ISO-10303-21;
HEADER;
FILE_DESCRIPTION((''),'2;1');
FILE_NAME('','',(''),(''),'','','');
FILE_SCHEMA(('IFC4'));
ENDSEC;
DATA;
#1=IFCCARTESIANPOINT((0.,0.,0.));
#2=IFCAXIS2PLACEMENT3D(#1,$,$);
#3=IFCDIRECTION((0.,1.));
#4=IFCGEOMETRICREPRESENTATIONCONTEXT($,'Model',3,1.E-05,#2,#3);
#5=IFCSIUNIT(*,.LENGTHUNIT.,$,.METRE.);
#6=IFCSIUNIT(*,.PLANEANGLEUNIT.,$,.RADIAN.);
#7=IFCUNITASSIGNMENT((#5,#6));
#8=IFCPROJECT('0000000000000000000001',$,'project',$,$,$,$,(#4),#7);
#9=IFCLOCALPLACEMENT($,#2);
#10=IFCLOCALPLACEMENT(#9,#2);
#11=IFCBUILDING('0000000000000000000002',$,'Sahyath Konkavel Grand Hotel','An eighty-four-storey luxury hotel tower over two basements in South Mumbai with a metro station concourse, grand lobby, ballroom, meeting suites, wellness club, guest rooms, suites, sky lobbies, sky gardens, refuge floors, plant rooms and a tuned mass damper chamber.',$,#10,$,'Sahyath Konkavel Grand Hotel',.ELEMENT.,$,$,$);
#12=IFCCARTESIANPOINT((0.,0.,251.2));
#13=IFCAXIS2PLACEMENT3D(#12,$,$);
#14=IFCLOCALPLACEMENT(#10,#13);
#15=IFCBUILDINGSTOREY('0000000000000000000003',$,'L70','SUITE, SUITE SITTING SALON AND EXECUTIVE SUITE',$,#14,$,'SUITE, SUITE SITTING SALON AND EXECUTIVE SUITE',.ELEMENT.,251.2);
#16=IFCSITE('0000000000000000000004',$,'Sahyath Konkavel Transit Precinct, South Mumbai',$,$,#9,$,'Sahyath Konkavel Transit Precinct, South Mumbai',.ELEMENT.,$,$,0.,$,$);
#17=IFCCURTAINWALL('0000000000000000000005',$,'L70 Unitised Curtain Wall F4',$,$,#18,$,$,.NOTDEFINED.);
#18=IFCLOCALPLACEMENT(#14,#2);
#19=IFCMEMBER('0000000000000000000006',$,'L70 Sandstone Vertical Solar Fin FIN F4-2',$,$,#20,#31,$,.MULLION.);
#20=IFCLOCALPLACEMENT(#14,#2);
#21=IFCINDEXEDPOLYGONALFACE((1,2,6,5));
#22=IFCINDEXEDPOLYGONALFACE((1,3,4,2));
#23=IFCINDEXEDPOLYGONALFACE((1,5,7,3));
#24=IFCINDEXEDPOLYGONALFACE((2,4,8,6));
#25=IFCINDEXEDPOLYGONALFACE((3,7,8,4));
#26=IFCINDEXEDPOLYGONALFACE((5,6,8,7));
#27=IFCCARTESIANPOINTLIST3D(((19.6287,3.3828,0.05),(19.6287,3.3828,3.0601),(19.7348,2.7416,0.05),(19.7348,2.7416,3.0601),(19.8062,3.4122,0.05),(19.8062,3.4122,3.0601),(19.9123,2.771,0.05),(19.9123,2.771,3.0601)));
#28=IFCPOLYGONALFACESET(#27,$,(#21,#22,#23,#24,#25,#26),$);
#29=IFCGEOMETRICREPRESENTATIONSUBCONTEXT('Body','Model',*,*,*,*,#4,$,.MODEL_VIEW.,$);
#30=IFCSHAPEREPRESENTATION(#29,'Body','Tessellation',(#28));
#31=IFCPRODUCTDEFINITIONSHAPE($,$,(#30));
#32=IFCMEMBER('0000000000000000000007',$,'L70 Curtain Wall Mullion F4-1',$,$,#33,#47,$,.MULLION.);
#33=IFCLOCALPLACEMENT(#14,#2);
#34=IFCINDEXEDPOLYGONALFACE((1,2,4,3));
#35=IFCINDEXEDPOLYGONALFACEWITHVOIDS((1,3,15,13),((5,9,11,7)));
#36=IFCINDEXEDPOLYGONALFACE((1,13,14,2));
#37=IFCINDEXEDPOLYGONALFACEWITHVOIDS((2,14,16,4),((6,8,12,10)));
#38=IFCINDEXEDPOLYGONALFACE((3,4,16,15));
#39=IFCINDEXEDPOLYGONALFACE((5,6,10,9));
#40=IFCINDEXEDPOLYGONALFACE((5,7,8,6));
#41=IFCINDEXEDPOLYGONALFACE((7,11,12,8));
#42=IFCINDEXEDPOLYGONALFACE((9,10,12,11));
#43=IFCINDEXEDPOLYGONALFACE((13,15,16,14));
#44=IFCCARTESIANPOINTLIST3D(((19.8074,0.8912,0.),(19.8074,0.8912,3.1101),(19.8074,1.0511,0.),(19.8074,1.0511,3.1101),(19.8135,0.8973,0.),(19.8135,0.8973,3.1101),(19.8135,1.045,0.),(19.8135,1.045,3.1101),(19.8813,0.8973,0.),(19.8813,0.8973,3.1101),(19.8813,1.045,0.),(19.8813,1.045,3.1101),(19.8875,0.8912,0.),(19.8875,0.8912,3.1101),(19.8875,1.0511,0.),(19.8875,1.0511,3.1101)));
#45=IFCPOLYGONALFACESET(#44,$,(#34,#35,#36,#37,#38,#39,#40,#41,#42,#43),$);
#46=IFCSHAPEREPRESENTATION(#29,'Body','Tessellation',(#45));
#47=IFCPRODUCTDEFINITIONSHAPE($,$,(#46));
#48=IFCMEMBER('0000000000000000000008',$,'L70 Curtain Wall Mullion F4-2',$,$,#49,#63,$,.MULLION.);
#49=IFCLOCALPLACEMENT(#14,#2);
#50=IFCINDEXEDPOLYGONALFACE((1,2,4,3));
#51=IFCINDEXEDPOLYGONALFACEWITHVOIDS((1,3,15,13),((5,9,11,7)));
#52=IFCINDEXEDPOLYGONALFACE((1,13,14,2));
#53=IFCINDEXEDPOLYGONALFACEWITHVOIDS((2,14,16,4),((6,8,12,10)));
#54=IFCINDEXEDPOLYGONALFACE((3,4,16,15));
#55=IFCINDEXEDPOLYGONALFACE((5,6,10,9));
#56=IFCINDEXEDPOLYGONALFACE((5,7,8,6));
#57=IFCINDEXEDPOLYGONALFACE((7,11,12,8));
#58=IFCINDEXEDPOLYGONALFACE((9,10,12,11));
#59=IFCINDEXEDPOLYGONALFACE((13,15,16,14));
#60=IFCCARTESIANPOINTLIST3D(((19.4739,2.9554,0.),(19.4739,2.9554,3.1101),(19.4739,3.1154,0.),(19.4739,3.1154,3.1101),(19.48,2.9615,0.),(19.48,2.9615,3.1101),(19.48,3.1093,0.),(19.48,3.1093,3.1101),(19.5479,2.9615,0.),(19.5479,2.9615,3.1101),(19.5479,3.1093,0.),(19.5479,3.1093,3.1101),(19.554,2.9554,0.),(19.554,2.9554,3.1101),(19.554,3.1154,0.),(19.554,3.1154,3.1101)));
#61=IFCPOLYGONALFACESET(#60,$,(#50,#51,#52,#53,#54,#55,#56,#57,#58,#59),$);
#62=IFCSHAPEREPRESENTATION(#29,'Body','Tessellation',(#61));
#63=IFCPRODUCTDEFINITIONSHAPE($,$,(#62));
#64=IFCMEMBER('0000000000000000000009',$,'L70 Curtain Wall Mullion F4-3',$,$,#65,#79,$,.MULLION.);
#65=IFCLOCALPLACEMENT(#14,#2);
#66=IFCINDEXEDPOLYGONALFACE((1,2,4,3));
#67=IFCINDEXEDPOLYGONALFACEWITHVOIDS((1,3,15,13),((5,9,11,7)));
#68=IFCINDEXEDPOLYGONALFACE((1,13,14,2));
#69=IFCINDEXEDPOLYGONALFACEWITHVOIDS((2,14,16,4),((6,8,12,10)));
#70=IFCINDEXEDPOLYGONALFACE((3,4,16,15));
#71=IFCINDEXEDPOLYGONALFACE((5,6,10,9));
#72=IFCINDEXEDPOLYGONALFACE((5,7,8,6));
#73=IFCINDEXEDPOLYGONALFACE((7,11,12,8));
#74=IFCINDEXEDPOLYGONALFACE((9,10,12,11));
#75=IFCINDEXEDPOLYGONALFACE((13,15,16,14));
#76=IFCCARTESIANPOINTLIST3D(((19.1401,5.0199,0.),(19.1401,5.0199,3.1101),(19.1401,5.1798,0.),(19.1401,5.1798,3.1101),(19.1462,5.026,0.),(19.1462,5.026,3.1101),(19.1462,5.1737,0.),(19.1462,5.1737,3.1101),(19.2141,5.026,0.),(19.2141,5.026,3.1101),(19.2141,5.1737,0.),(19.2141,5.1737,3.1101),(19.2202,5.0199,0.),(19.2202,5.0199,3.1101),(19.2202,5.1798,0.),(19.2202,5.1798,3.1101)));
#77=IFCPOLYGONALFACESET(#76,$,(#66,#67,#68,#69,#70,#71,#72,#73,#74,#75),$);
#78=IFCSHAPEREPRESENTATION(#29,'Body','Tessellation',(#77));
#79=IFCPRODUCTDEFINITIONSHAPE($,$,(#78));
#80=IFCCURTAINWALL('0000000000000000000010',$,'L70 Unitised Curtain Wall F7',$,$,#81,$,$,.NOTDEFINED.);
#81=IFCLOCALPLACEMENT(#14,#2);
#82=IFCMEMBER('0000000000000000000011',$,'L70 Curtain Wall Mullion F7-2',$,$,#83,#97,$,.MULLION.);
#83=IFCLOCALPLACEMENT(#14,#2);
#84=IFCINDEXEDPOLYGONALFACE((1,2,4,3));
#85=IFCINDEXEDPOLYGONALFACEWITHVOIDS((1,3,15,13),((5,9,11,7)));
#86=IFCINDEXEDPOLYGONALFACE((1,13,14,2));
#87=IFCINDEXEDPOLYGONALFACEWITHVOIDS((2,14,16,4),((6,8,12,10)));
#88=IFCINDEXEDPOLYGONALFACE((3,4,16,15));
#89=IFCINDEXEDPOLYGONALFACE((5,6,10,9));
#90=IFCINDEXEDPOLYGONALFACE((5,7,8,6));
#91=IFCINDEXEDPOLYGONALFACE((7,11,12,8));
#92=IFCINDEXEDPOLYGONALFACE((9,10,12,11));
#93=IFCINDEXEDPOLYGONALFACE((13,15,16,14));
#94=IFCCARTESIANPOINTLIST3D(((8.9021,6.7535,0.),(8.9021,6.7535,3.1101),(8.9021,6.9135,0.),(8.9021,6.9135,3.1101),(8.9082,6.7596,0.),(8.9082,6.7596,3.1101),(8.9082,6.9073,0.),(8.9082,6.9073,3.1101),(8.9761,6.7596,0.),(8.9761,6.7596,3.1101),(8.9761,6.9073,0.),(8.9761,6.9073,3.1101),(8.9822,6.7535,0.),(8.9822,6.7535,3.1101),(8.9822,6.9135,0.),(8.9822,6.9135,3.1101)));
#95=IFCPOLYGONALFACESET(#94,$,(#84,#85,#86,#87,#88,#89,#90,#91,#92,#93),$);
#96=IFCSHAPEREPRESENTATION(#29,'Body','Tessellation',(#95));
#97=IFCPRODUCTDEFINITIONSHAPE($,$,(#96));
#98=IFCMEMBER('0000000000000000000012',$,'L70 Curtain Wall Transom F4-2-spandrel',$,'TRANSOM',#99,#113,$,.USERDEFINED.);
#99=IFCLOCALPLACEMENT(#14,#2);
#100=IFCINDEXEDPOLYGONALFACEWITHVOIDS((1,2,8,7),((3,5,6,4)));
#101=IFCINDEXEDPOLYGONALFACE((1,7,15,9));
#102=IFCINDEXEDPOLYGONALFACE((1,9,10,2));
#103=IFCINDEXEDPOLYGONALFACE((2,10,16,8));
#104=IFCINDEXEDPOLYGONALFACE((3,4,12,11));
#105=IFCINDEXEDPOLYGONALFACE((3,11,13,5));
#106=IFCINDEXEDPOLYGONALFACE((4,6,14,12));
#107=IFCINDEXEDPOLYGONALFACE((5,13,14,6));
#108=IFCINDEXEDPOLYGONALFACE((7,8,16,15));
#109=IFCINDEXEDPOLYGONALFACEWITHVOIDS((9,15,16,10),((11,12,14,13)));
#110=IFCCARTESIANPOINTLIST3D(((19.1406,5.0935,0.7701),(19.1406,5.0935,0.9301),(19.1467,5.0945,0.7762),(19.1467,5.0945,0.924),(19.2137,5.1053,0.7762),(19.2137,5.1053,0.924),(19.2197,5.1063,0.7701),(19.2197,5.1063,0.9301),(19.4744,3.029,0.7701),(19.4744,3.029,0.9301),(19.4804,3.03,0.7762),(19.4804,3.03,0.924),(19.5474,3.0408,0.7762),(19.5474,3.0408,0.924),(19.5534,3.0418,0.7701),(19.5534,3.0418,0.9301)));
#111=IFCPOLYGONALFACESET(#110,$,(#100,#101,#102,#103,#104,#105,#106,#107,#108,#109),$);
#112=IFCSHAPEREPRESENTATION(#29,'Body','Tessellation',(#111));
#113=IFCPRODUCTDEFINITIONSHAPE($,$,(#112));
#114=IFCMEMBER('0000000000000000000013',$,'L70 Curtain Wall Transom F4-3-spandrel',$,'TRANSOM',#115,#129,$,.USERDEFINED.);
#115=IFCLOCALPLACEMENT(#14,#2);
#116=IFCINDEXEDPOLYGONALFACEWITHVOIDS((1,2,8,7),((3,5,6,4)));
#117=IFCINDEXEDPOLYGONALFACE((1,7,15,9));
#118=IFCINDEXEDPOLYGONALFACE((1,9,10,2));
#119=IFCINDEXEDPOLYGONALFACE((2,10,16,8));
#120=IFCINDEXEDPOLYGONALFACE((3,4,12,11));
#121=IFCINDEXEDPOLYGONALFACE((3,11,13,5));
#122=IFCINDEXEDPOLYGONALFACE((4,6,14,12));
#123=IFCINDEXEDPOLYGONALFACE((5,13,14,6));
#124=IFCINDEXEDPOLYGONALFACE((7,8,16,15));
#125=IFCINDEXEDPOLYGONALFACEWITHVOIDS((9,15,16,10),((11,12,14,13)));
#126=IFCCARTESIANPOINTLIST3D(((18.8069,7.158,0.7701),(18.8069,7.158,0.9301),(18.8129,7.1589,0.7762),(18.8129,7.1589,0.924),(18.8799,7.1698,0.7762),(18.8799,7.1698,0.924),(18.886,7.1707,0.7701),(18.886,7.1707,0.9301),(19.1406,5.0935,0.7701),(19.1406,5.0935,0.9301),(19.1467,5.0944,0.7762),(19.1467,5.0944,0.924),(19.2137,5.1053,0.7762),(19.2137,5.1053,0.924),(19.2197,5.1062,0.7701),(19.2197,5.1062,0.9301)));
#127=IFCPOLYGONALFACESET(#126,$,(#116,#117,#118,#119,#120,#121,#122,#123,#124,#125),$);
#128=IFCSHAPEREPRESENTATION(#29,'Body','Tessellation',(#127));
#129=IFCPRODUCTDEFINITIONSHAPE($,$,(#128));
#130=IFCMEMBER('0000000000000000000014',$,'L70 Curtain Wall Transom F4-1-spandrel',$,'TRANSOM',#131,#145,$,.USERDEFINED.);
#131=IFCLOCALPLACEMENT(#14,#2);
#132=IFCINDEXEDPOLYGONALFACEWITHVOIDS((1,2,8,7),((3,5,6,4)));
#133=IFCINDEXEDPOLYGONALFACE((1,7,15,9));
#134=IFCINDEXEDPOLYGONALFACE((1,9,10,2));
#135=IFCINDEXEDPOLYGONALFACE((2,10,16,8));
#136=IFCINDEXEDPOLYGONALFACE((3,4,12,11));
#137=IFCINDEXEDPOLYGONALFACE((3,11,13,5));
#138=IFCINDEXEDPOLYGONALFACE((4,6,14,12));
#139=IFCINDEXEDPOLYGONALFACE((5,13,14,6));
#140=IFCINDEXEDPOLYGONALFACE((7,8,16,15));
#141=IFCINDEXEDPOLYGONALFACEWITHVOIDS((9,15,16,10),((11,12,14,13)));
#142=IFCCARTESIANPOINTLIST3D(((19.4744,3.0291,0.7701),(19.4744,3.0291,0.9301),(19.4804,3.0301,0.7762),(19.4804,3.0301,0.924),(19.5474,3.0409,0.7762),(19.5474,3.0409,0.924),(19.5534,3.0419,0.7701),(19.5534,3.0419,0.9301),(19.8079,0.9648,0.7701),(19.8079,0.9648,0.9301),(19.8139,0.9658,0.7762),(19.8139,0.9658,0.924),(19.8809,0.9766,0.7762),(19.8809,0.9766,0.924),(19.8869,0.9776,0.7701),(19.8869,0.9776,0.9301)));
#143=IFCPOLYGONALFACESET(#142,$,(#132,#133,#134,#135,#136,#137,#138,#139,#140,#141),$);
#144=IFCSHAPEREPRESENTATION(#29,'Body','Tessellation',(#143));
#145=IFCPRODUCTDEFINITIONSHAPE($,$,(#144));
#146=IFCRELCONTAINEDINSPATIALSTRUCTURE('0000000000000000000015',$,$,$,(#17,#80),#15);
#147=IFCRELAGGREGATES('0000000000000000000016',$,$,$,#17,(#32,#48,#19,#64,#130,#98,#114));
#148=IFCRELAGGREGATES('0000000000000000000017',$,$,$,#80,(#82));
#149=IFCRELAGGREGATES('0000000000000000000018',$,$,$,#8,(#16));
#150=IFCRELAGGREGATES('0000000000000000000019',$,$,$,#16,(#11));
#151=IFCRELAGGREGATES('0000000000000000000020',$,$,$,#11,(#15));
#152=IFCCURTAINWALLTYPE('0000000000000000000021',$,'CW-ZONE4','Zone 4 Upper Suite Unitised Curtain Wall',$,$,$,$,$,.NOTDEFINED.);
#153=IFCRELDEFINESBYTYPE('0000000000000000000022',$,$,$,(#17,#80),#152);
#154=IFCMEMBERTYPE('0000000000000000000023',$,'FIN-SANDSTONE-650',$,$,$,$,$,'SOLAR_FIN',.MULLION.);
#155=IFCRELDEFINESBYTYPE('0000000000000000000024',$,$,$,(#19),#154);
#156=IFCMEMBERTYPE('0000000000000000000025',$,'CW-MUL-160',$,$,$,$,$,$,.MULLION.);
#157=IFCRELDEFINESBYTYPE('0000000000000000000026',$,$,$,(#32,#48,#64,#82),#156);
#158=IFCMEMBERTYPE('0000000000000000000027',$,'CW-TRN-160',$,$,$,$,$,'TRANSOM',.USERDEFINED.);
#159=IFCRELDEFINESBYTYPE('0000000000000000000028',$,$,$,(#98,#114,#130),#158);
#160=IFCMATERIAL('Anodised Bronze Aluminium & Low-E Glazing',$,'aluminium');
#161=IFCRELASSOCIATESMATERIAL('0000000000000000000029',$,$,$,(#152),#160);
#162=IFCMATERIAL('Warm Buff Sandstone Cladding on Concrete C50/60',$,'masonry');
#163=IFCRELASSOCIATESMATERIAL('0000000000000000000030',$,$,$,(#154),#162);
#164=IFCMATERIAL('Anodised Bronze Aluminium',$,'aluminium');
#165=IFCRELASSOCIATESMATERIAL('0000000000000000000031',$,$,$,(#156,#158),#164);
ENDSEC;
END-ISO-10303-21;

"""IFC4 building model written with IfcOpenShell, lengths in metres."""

from ifc_helpers import new_model, si_unit, direction, frame, origin, origin_2d, place, context, subcontext, project, spatial, rectangle, hollow_rectangle, extrude, source, transform, mapped, material, material_profile, profile_set, type_object, element, aggregate, save


model = new_model("IFC4")

# Units and contexts
model_context = context("Model", 3, precision=1e-05, world=origin(), true_north=direction((0.0, 1.0)))
body_context = subcontext(model_context, "Body", "Model", "MODEL_VIEW")
ifc_project = project(units=[si_unit("LENGTHUNIT", "METRE"), si_unit("PLANEANGLEUNIT", "RADIAN")], contexts=[model_context])

# Site, building, storey
site_placement = place(None, origin())
site = spatial("IfcSite", under=ifc_project, at=site_placement, Name="Sahyath Konkavel Transit Precinct, South Mumbai", LongName="Sahyath Konkavel Transit Precinct, South Mumbai", CompositionType="ELEMENT", RefElevation=0.0)
building_placement = place(site_placement, origin())
building = spatial("IfcBuilding", under=site, at=building_placement, Name="Sahyath Konkavel Grand Hotel", Description="An eighty-four-storey luxury hotel tower over two basements in South Mumbai with a metro station concourse, grand lobby, ballroom, meeting suites, wellness club, guest rooms, suites, sky lobbies, sky gardens, refuge floors, plant rooms and a tuned mass damper chamber.", LongName="Sahyath Konkavel Grand Hotel", CompositionType="ELEMENT")
storey_placement = place(building_placement, frame((0.0, 0.0, 251.2)))
storey = spatial("IfcBuildingStorey", under=building, at=storey_placement, Name="L70", Description="SUITE, SUITE SITTING SALON AND EXECUTIVE SUITE", LongName="SUITE, SUITE SITTING SALON AND EXECUTIVE SUITE", CompositionType="ELEMENT", Elevation=251.2)

# Curtain wall, members
ifc_material_1 = material(Name="Anodised Bronze Aluminium & Low-E Glazing", Category="aluminium")
curtain_wall_type = type_object("IfcCurtainWallType", Name="CW-ZONE4", Description="Zone 4 Upper Suite Unitised Curtain Wall", PredefinedType="NOTDEFINED", material=ifc_material_1)
curtain_wall_1_placement = place(storey_placement, origin())
curtain_wall_1 = element("IfcCurtainWall", 1, at=curtain_wall_1_placement, inside=storey, type_object=curtain_wall_type, Name="L70 Unitised Curtain Wall F4", PredefinedType="NOTDEFINED")
ifc_material_2 = material(Name="Warm Buff Sandstone Cladding on Concrete C50/60", Category="masonry")
ifc_material_profile_1 = material_profile(ifc_material_2, rectangle(XDim=0.1799, YDim=0.6499, at=origin_2d()), Name="FIN 180x650")
ifc_profile_set_1 = profile_set([ifc_material_profile_1], Name="Warm Buff Sandstone Cladding on Concrete C50/60")
member_type_1 = type_object("IfcMemberType", Name="FIN-SANDSTONE-650", ElementType="SOLAR_FIN", PredefinedType="MULLION", material=ifc_profile_set_1)
shared_shape_1 = source(origin(), body_context, "Body", "SweptSolid", [
    extrude(rectangle(XDim=0.1799, YDim=0.6499, at=origin_2d()), origin(), (0.0, 0.0, 1.0), 3.01),
])
member_1_placement = place(storey_placement, frame((19.7705, 3.0769, 0.05), z_axis=(0.0, 0.0, 1.0), x_axis=(0.986572, 0.163326, 0.0)))
member_1 = element("IfcMember", 2, at=member_1_placement, type_object=member_type_1, Name="L70 Sandstone Vertical Solar Fin FIN F4-2", PredefinedType="MULLION", context=body_context, shape_type="MappedRepresentation", body=[
    mapped(shared_shape_1, transform((0.0, 0.0, 0.0), scale=1.0)),
])
ifc_material_3 = material(Name="Anodised Bronze Aluminium", Category="aluminium")
ifc_material_profile_2 = material_profile(ifc_material_3, hollow_rectangle(XDim=0.0801, YDim=0.1599, WallThickness=0.0061, at=origin_2d()), Name="RHS 160x80x6")
ifc_profile_set_2 = profile_set([ifc_material_profile_2], Name="Anodised Bronze Aluminium")
member_type_2 = type_object("IfcMemberType", Name="CW-MUL-160", PredefinedType="MULLION", material=ifc_profile_set_2)
shared_shape_2 = source(origin(), body_context, "Body", "SweptSolid", [
    extrude(hollow_rectangle(XDim=0.0801, YDim=0.1599, WallThickness=0.0061, at=origin_2d()), origin(), (0.0, 0.0, 1.0), 3.1101),
])
member_2_placement = place(storey_placement, frame((19.8474, 0.9712, 0.0), z_axis=(0.0, 0.0, 1.0), x_axis=(1.0, 0.0, 0.0)))
member_2 = element("IfcMember", 3, at=member_2_placement, type_object=member_type_2, Name="L70 Curtain Wall Mullion F4-1", PredefinedType="MULLION", context=body_context, shape_type="MappedRepresentation", body=[
    mapped(shared_shape_2, transform((0.0, 0.0, 0.0), scale=1.0)),
])
member_3_placement = place(storey_placement, frame((19.5139, 3.0354, 0.0), z_axis=(0.0, 0.0, 1.0), x_axis=(1.0, 0.0, 0.0)))
member_3 = element("IfcMember", 4, at=member_3_placement, type_object=member_type_2, Name="L70 Curtain Wall Mullion F4-2", PredefinedType="MULLION", context=body_context, shape_type="MappedRepresentation", body=[
    mapped(shared_shape_2, transform((0.0, 0.0, 0.0), scale=1.0)),
])
member_4_placement = place(storey_placement, frame((19.1802, 5.0999, 0.0), z_axis=(0.0, 0.0, 1.0), x_axis=(1.0, 0.0, 0.0)))
member_4 = element("IfcMember", 5, at=member_4_placement, type_object=member_type_2, Name="L70 Curtain Wall Mullion F4-3", PredefinedType="MULLION", context=body_context, shape_type="MappedRepresentation", body=[
    mapped(shared_shape_2, transform((0.0, 0.0, 0.0), scale=1.0)),
])

# Curtain wall, member
curtain_wall_2_placement = place(storey_placement, origin())
curtain_wall_2 = element("IfcCurtainWall", 6, at=curtain_wall_2_placement, inside=storey, type_object=curtain_wall_type, Name="L70 Unitised Curtain Wall F7", PredefinedType="NOTDEFINED")
member_5_placement = place(storey_placement, frame((8.9421, 6.8335, 0.0), z_axis=(0.0, 0.0, 1.0), x_axis=(1.0, 0.0, 0.0)))
member_5 = element("IfcMember", 7, at=member_5_placement, type_object=member_type_2, Name="L70 Curtain Wall Mullion F7-2", PredefinedType="MULLION", context=body_context, shape_type="MappedRepresentation", body=[
    mapped(shared_shape_2, transform((0.0, 0.0, 0.0), scale=1.0)),
])

# Members
ifc_material_profile_3 = material_profile(ifc_material_3, hollow_rectangle(XDim=0.0801, YDim=0.1599, WallThickness=0.0061, at=origin_2d()), Name="RHS 160x80x6")
ifc_profile_set_3 = profile_set([ifc_material_profile_3], Name="Anodised Bronze Aluminium")
member_type_3 = type_object("IfcMemberType", Name="CW-TRN-160", ElementType="TRANSOM", PredefinedType="USERDEFINED", material=ifc_profile_set_3)
shared_shape_3 = source(origin(), body_context, "Body", "SweptSolid", [
    extrude(hollow_rectangle(XDim=0.0801, YDim=0.1599, WallThickness=0.0061, at=origin_2d()), origin(), (0.0, 0.0, 1.0), 2.0913),
])
member_6_placement = place(storey_placement, frame((19.5139, 3.0354, 0.8501), z_axis=(-0.159588, 0.987184, 0.0), x_axis=(-0.987184, -0.159588, 0.0)))
member_6 = element("IfcMember", 8, at=member_6_placement, type_object=member_type_3, Name="L70 Curtain Wall Transom F4-2-spandrel", ObjectType="TRANSOM", PredefinedType="USERDEFINED", context=body_context, shape_type="MappedRepresentation", body=[
    mapped(shared_shape_3, transform((0.0, 0.0, 0.0), scale=1.0)),
])
member_7_placement = place(storey_placement, frame((19.1802, 5.0999, 0.8501), z_axis=(-0.159588, 0.987184, 0.0), x_axis=(-0.987184, -0.159588, 0.0)))
member_7 = element("IfcMember", 9, at=member_7_placement, type_object=member_type_3, Name="L70 Curtain Wall Transom F4-3-spandrel", ObjectType="TRANSOM", PredefinedType="USERDEFINED", context=body_context, shape_type="MappedRepresentation", body=[
    mapped(shared_shape_3, transform((0.0, 0.0, 0.0), scale=1.0)),
])
shared_shape_4 = source(origin(), body_context, "Body", "SweptSolid", [
    extrude(hollow_rectangle(XDim=0.0801, YDim=0.1599, WallThickness=0.0061, at=origin_2d()), origin(), (0.0, 0.0, 1.0), 2.0911),
])
member_8_placement = place(storey_placement, frame((19.8474, 0.9712, 0.8501), z_axis=(-0.159493, 0.987199, 0.0), x_axis=(-0.987199, -0.159493, 0.0)))
member_8 = element("IfcMember", 10, at=member_8_placement, type_object=member_type_3, Name="L70 Curtain Wall Transom F4-1-spandrel", ObjectType="TRANSOM", PredefinedType="USERDEFINED", context=body_context, shape_type="MappedRepresentation", body=[
    mapped(shared_shape_4, transform((0.0, 0.0, 0.0), scale=1.0)),
])

aggregate(curtain_wall_1, [member_2, member_3, member_1, member_4, member_8, member_6, member_7])
aggregate(curtain_wall_2, [member_5])

save(model, "model.ifc")
